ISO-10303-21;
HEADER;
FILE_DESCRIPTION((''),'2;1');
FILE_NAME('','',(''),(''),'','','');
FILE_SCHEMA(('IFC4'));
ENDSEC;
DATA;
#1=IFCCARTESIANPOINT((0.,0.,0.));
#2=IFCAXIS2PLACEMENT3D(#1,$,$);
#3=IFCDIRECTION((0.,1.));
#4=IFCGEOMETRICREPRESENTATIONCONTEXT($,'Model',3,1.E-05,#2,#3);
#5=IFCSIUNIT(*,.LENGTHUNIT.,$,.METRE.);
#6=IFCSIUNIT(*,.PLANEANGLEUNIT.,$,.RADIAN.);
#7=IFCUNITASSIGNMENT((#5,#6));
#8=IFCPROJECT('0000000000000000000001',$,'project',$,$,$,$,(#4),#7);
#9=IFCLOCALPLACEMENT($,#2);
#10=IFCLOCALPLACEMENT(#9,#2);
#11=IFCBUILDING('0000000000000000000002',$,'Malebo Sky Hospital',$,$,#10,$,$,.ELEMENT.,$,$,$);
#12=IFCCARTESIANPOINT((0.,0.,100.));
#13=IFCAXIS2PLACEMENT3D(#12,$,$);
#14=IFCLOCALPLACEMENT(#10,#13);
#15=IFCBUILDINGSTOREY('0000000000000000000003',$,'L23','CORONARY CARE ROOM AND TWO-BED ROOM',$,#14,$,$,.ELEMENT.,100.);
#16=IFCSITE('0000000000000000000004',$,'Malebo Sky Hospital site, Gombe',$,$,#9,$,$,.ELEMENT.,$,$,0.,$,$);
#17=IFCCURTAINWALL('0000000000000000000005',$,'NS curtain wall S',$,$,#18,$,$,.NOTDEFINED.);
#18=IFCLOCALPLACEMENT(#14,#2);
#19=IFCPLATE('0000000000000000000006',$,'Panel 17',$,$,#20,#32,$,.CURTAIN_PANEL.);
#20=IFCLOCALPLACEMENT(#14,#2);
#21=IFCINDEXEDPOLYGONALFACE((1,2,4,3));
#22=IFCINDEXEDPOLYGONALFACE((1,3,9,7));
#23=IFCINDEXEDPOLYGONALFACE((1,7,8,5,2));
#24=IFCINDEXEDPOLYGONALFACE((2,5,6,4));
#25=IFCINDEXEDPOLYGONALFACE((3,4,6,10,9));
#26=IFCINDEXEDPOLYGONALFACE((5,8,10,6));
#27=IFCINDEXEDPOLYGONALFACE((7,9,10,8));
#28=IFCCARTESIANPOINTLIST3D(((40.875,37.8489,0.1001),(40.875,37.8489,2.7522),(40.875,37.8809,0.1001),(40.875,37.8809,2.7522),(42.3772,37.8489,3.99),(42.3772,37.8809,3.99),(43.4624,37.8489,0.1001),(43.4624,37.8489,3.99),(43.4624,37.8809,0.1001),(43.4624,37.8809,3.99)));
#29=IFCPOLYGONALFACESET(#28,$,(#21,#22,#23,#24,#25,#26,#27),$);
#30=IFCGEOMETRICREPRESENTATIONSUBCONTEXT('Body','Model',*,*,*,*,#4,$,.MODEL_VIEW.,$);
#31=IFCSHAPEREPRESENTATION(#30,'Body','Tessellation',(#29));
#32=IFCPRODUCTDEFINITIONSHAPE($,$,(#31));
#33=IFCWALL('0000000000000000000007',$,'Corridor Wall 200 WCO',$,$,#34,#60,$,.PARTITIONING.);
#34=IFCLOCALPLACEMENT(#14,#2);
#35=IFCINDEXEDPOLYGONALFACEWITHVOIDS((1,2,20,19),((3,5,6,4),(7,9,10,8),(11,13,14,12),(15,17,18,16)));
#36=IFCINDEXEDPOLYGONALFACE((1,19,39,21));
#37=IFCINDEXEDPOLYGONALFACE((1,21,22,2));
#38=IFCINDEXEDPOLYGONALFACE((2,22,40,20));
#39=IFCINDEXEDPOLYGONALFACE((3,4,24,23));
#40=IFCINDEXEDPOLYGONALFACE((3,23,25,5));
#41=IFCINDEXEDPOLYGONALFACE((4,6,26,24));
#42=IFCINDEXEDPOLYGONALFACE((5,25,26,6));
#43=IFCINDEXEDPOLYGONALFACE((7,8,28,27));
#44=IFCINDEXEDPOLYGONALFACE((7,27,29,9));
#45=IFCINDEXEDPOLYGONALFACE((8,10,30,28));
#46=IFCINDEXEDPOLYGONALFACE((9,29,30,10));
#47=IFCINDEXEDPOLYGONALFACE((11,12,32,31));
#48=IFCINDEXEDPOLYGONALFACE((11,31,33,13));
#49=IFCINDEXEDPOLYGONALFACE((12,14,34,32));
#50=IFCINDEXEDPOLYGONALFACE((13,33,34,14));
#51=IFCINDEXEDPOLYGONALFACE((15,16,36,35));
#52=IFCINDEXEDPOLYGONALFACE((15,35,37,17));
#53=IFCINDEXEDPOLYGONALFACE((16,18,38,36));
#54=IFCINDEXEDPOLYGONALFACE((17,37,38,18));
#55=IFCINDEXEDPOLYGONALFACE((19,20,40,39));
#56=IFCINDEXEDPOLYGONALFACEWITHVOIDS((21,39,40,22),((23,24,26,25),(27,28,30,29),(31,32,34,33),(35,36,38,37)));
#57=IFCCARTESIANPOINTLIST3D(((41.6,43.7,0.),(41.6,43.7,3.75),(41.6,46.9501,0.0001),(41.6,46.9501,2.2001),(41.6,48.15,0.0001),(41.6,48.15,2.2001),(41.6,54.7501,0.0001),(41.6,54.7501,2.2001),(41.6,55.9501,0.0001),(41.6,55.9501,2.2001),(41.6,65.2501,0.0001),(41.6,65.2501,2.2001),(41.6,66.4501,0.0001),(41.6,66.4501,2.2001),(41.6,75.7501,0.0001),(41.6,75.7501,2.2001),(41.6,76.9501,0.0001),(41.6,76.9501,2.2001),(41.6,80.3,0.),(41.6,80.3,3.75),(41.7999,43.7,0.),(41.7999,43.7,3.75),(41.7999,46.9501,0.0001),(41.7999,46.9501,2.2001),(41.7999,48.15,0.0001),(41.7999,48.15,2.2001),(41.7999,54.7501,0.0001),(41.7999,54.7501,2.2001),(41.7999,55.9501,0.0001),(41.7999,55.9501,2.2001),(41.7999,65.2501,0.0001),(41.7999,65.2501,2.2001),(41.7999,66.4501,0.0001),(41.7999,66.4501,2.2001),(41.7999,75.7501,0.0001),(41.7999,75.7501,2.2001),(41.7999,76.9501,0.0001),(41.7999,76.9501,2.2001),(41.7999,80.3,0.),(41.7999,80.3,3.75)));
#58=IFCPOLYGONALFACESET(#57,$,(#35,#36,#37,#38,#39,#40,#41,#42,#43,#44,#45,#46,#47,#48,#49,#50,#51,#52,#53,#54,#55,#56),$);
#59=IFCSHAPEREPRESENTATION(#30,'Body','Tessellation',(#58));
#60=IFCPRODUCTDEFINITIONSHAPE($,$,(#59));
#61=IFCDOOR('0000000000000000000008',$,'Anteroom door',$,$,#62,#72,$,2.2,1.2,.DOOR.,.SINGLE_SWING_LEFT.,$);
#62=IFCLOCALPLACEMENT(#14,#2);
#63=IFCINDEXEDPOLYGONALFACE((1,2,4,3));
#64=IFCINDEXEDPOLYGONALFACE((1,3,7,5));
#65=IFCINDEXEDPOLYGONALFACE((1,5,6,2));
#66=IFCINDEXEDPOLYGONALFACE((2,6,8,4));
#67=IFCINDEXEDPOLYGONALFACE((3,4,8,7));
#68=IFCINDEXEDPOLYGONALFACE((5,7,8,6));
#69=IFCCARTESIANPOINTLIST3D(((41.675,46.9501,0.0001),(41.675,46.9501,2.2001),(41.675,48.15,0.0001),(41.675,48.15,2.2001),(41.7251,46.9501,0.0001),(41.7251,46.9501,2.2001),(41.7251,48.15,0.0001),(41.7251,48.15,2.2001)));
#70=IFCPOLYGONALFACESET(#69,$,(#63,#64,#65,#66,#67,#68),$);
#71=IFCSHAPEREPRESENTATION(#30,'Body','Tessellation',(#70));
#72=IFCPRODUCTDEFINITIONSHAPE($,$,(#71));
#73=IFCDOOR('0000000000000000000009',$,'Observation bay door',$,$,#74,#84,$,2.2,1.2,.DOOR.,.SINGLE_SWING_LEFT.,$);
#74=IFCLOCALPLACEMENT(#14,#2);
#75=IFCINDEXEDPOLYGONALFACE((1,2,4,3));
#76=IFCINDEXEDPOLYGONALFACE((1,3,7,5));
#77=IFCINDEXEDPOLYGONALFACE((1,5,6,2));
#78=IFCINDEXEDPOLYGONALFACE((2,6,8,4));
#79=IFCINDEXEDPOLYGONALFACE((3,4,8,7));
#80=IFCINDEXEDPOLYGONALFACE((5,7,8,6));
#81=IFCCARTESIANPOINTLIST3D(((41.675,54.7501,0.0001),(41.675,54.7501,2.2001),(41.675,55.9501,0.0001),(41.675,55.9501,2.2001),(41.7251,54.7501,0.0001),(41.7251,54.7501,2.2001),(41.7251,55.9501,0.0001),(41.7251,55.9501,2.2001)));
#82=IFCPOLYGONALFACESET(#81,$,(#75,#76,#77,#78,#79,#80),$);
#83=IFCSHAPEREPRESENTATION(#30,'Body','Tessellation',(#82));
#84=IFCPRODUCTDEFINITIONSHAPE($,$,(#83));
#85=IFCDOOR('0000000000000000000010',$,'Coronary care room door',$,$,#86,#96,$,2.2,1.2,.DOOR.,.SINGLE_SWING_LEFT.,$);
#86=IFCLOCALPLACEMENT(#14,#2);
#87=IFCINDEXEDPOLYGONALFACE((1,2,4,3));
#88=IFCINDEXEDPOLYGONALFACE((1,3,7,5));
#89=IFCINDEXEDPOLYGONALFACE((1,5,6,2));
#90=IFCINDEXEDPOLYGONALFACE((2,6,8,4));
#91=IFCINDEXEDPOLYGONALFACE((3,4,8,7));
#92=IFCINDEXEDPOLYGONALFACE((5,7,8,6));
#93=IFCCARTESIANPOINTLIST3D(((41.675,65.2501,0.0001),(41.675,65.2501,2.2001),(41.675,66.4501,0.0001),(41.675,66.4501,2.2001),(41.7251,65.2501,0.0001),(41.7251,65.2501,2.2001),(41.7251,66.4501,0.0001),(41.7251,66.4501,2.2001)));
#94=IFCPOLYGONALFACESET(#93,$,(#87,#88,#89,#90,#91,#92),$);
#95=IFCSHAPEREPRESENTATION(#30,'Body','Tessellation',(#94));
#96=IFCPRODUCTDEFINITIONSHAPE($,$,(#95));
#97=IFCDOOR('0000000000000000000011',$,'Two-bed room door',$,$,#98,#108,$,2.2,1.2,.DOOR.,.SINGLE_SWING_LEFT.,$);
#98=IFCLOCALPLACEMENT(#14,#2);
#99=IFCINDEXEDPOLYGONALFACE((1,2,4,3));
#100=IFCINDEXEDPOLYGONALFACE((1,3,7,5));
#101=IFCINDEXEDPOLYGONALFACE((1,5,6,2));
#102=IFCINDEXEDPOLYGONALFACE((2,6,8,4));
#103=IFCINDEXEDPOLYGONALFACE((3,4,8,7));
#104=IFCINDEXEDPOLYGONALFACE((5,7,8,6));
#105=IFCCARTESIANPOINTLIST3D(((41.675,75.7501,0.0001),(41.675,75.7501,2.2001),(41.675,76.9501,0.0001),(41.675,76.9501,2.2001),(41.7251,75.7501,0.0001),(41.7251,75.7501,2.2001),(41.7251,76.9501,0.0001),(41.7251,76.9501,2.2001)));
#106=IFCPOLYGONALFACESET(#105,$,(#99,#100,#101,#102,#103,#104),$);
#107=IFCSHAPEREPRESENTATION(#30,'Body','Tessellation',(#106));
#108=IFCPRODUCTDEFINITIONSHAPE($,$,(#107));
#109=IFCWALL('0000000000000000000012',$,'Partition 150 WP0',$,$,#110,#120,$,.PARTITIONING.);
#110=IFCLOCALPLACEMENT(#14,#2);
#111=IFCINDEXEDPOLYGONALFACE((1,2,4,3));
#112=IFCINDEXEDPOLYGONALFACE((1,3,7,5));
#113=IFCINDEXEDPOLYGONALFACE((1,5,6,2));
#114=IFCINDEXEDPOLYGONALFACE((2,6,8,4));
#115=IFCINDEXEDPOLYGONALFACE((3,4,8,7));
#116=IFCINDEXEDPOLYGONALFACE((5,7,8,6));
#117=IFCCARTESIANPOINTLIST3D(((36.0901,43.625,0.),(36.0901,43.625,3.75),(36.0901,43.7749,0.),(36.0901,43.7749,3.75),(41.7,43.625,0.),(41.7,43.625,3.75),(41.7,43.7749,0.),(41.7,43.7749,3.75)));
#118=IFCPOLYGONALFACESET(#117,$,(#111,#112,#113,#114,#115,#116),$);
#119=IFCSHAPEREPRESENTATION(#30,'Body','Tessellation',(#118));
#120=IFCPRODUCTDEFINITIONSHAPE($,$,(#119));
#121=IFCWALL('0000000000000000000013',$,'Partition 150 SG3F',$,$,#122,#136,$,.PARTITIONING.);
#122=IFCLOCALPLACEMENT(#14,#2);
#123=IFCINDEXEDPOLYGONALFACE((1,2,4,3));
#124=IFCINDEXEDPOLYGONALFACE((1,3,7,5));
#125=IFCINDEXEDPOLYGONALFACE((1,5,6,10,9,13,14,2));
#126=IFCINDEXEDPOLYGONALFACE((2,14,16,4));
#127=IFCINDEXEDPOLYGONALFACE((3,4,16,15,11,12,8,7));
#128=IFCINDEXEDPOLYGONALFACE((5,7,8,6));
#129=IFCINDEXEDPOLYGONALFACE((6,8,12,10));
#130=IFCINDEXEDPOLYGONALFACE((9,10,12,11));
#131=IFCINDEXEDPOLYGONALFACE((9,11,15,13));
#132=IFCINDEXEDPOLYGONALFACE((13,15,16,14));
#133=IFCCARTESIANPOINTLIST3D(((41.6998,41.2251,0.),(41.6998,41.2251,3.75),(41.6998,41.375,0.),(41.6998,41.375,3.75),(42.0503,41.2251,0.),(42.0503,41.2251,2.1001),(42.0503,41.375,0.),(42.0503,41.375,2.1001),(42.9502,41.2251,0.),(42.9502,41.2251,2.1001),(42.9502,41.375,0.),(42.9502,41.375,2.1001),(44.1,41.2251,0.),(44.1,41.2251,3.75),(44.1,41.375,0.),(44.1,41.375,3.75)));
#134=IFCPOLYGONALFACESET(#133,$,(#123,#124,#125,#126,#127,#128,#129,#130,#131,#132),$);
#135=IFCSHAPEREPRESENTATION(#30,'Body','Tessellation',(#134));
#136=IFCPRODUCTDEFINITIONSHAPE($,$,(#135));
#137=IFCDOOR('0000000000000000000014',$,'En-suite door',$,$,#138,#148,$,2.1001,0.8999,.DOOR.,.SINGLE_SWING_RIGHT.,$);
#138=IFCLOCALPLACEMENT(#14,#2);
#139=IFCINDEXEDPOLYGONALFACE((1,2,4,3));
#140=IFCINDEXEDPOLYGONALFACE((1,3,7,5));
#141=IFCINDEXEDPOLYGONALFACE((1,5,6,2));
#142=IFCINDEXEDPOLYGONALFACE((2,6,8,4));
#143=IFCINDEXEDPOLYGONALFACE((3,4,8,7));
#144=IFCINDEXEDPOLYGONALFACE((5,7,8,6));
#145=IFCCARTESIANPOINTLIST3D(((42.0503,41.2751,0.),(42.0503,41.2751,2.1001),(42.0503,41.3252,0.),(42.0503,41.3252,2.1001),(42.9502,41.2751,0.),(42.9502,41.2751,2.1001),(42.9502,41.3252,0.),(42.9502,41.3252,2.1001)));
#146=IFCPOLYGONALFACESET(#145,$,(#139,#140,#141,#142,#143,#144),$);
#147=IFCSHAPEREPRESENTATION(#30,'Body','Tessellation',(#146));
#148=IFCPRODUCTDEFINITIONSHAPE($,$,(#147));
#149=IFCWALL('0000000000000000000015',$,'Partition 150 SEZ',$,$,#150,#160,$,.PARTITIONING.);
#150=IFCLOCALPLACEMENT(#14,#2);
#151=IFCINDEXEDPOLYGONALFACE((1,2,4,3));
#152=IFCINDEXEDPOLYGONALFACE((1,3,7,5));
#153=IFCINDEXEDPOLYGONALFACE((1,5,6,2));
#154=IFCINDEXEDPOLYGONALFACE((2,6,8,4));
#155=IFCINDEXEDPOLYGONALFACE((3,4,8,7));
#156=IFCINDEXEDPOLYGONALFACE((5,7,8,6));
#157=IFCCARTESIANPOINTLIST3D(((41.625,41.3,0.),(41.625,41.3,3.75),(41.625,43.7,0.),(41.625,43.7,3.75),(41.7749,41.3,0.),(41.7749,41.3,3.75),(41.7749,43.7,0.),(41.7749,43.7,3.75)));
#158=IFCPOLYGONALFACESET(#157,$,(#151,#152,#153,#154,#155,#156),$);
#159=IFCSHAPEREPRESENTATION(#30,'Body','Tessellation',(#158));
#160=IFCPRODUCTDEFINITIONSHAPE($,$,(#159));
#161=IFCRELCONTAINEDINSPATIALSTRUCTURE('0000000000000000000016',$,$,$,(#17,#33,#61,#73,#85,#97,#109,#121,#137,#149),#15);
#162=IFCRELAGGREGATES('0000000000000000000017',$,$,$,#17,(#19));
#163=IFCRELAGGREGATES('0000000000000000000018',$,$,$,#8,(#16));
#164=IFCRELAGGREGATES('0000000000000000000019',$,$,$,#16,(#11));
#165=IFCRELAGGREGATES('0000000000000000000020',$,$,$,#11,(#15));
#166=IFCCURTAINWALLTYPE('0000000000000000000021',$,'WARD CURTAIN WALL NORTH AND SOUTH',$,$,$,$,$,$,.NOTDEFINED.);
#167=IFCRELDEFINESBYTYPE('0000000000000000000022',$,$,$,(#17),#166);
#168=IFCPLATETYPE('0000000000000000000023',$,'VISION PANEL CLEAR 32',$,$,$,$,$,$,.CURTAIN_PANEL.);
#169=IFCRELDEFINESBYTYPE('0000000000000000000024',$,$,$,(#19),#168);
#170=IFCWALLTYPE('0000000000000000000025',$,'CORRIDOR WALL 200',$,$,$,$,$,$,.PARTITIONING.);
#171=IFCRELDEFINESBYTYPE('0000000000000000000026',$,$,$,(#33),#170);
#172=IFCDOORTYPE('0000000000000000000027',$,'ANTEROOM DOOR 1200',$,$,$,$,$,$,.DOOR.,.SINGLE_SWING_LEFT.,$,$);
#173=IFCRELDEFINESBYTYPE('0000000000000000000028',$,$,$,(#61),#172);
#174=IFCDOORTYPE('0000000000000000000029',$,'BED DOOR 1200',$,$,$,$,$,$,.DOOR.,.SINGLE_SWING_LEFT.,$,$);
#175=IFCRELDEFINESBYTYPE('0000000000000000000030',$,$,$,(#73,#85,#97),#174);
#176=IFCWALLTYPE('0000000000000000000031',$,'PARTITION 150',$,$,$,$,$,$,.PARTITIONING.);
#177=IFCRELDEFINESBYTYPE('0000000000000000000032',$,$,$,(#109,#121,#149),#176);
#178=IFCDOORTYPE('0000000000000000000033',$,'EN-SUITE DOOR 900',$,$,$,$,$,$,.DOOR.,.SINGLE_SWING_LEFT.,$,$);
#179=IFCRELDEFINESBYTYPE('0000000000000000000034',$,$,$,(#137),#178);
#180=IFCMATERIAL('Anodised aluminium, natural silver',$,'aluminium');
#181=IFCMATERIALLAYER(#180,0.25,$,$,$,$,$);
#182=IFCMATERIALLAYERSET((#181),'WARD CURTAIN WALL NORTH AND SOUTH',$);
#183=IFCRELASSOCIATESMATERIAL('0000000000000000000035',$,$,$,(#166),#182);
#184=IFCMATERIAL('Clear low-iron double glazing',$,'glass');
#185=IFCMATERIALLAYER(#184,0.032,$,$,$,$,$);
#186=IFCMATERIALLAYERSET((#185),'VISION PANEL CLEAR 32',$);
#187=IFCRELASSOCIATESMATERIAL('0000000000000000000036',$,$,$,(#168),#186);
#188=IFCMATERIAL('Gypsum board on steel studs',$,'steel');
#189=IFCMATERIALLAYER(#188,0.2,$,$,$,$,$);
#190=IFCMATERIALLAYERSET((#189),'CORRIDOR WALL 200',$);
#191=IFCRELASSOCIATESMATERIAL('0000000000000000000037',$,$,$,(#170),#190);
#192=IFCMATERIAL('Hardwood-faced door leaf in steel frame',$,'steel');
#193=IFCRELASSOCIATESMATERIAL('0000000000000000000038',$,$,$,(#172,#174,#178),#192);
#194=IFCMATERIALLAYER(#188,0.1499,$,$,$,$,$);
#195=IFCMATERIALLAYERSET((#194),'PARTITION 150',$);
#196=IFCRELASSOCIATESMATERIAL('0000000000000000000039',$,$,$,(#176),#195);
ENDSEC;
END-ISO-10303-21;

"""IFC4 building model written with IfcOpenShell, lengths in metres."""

from ifc_helpers import new_model, si_unit, direction, frame, frame_2d, origin, place, context, subcontext, project, spatial, polyline, rectangle, outline, extrude, material, layer, layer_set, type_object, element, fill, aggregate, save


model = new_model("IFC4")

# Units and contexts
model_context = context("Model", 3, precision=1e-05, world=origin(), true_north=direction((0.0, 1.0)))
body_context = subcontext(model_context, "Body", "Model", "MODEL_VIEW")
ifc_project = project(units=[si_unit("LENGTHUNIT", "METRE"), si_unit("PLANEANGLEUNIT", "RADIAN")], contexts=[model_context])

# Site, building, storey
site_placement = place(None, origin())
site = spatial("IfcSite", under=ifc_project, at=site_placement, Name="Malebo Sky Hospital site, Gombe", CompositionType="ELEMENT", RefElevation=0.0)
building_placement = place(site_placement, origin())
building = spatial("IfcBuilding", under=site, at=building_placement, Name="Malebo Sky Hospital", CompositionType="ELEMENT")
storey_placement = place(building_placement, frame((0.0, 0.0, 100.0)))
storey = spatial("IfcBuildingStorey", under=building, at=storey_placement, Name="L23", Description="CORONARY CARE ROOM AND TWO-BED ROOM", CompositionType="ELEMENT", Elevation=100.0)

# Curtain wall
ifc_material_1 = material(Name="Anodised aluminium, natural silver", Category="aluminium")
ifc_layer_1 = layer(ifc_material_1, 0.25)
ifc_layer_set_1 = layer_set([ifc_layer_1], Name="WARD CURTAIN WALL NORTH AND SOUTH")
curtain_wall_type = type_object("IfcCurtainWallType", Name="WARD CURTAIN WALL NORTH AND SOUTH", PredefinedType="NOTDEFINED", material=ifc_layer_set_1)
curtain_wall_placement = place(storey_placement, origin())
curtain_wall = element("IfcCurtainWall", 1, at=curtain_wall_placement, inside=storey, type_object=curtain_wall_type, Name="NS curtain wall S", PredefinedType="NOTDEFINED")

# Plate
ifc_material_2 = material(Name="Clear low-iron double glazing", Category="glass")
ifc_layer_2 = layer(ifc_material_2, 0.032)
ifc_layer_set_2 = layer_set([ifc_layer_2], Name="VISION PANEL CLEAR 32")
plate_type = type_object("IfcPlateType", Name="VISION PANEL CLEAR 32", PredefinedType="CURTAIN_PANEL", material=ifc_layer_set_2)
plate_1_placement = place(storey_placement, frame((42.1687, 37.865, 0.1001), z_axis=(0.0, 0.0, 1.0), x_axis=(-1.0, 0.0, 0.0)))
plate_1 = element("IfcPlate", 2, at=plate_1_placement, type_object=plate_type, Name="Panel 17", PredefinedType="CURTAIN_PANEL", context=body_context, shape_type="SweptSolid", body=[
    extrude(outline(polyline([(-1.2937, 0.0), (1.2937, 0.0), (1.2937, 2.6521), (-0.2085, 3.8899), (-1.2937, 3.8899), (-1.2937, 0.0)])), frame((0.0, 0.0161, 0.0), z_axis=(0.0, -1.0, 0.0), x_axis=(1.0, 0.0, 0.0)), (0.0, 0.0, 1.0), 0.032),
])
aggregate(curtain_wall, [plate_1])

# Wall, openings, doors
ifc_material_3 = material(Name="Gypsum board on steel studs", Category="steel")
ifc_layer_3 = layer(ifc_material_3, 0.2)
ifc_layer_set_3 = layer_set([ifc_layer_3], Name="CORRIDOR WALL 200")
wall_type_1 = type_object("IfcWallType", Name="CORRIDOR WALL 200", PredefinedType="PARTITIONING", material=ifc_layer_set_3)
wall_1_placement = place(storey_placement, frame((41.7, 43.7, 0.0), z_axis=(0.0, 0.0, 1.0), x_axis=(0.0, 1.0, 0.0)))
wall_1 = element("IfcWall", 3, at=wall_1_placement, inside=storey, type_object=wall_type_1, Name="Corridor Wall 200 WCO", PredefinedType="PARTITIONING", context=body_context, shape_type="SweptSolid", body=[
    extrude(rectangle(XDim=36.6001, YDim=0.2, at=frame_2d((18.3, 0.0))), origin(), (0.0, 0.0, 1.0), 3.75),
])
opening_1_placement = place(wall_1_placement, frame((3.25, 0.0, 0.0)))
opening_1 = element("IfcOpeningElement", 4, at=opening_1_placement, cuts=wall_1, PredefinedType="OPENING", context=body_context, shape_type="SweptSolid", body=[
    extrude(rectangle(XDim=1.2, YDim=2.2, at=frame_2d((0.6001, 1.1001))), frame((0.0, 0.1099, 0.0), z_axis=(0.0, -1.0, 0.0), x_axis=(1.0, 0.0, 0.0)), (0.0, 0.0, 1.0), 0.22),
])
opening_2_placement = place(wall_1_placement, frame((11.05, 0.0, 0.0)))
opening_2 = element("IfcOpeningElement", 5, at=opening_2_placement, cuts=wall_1, PredefinedType="OPENING", context=body_context, shape_type="SweptSolid", body=[
    extrude(rectangle(XDim=1.2, YDim=2.2, at=frame_2d((0.6001, 1.1001))), frame((0.0, 0.1099, 0.0), z_axis=(0.0, -1.0, 0.0), x_axis=(1.0, 0.0, 0.0)), (0.0, 0.0, 1.0), 0.22),
])
opening_3_placement = place(wall_1_placement, frame((21.55, 0.0, 0.0)))
opening_3 = element("IfcOpeningElement", 6, at=opening_3_placement, cuts=wall_1, PredefinedType="OPENING", context=body_context, shape_type="SweptSolid", body=[
    extrude(rectangle(XDim=1.2, YDim=2.2, at=frame_2d((0.6001, 1.1001))), frame((0.0, 0.1099, 0.0), z_axis=(0.0, -1.0, 0.0), x_axis=(1.0, 0.0, 0.0)), (0.0, 0.0, 1.0), 0.22),
])
opening_4_placement = place(wall_1_placement, frame((32.05, 0.0, 0.0)))
opening_4 = element("IfcOpeningElement", 7, at=opening_4_placement, cuts=wall_1, PredefinedType="OPENING", context=body_context, shape_type="SweptSolid", body=[
    extrude(rectangle(XDim=1.2, YDim=2.2, at=frame_2d((0.6001, 1.1001))), frame((0.0, 0.1099, 0.0), z_axis=(0.0, -1.0, 0.0), x_axis=(1.0, 0.0, 0.0)), (0.0, 0.0, 1.0), 0.22),
])
ifc_material_4 = material(Name="Hardwood-faced door leaf in steel frame", Category="steel")
door_type_1 = type_object("IfcDoorType", Name="ANTEROOM DOOR 1200", OperationType="SINGLE_SWING_LEFT", PredefinedType="DOOR", material=ifc_material_4)
door_1_placement = place(opening_1_placement, origin())
door_1 = element("IfcDoor", 8, at=door_1_placement, inside=storey, type_object=door_type_1, Name="Anteroom door", OperationType="SINGLE_SWING_LEFT", OverallHeight=2.2, OverallWidth=1.2, PredefinedType="DOOR", context=body_context, shape_type="SweptSolid", body=[
    extrude(rectangle(XDim=1.2, YDim=2.2, at=frame_2d((0.6001, 1.1001))), frame((0.0, 0.0249, 0.0), z_axis=(0.0, -1.0, 0.0), x_axis=(1.0, 0.0, 0.0)), (0.0, 0.0, 1.0), 0.05),
])
fill(opening_1, door_1)
door_type_2 = type_object("IfcDoorType", Name="BED DOOR 1200", OperationType="SINGLE_SWING_LEFT", PredefinedType="DOOR", material=ifc_material_4)
door_2_placement = place(opening_2_placement, origin())
door_2 = element("IfcDoor", 9, at=door_2_placement, inside=storey, type_object=door_type_2, Name="Observation bay door", OperationType="SINGLE_SWING_LEFT", OverallHeight=2.2, OverallWidth=1.2, PredefinedType="DOOR", context=body_context, shape_type="SweptSolid", body=[
    extrude(rectangle(XDim=1.2, YDim=2.2, at=frame_2d((0.6001, 1.1001))), frame((0.0, 0.0249, 0.0), z_axis=(0.0, -1.0, 0.0), x_axis=(1.0, 0.0, 0.0)), (0.0, 0.0, 1.0), 0.05),
])
fill(opening_2, door_2)
door_3_placement = place(opening_3_placement, origin())
door_3 = element("IfcDoor", 10, at=door_3_placement, inside=storey, type_object=door_type_2, Name="Coronary care room door", OperationType="SINGLE_SWING_LEFT", OverallHeight=2.2, OverallWidth=1.2, PredefinedType="DOOR", context=body_context, shape_type="SweptSolid", body=[
    extrude(rectangle(XDim=1.2, YDim=2.2, at=frame_2d((0.6001, 1.1001))), frame((0.0, 0.0249, 0.0), z_axis=(0.0, -1.0, 0.0), x_axis=(1.0, 0.0, 0.0)), (0.0, 0.0, 1.0), 0.05),
])
fill(opening_3, door_3)
door_4_placement = place(opening_4_placement, origin())
door_4 = element("IfcDoor", 11, at=door_4_placement, inside=storey, type_object=door_type_2, Name="Two-bed room door", OperationType="SINGLE_SWING_LEFT", OverallHeight=2.2, OverallWidth=1.2, PredefinedType="DOOR", context=body_context, shape_type="SweptSolid", body=[
    extrude(rectangle(XDim=1.2, YDim=2.2, at=frame_2d((0.6001, 1.1001))), frame((0.0, 0.0249, 0.0), z_axis=(0.0, -1.0, 0.0), x_axis=(1.0, 0.0, 0.0)), (0.0, 0.0, 1.0), 0.05),
])
fill(opening_4, door_4)

# Wall
ifc_layer_4 = layer(ifc_material_3, 0.1499)
ifc_layer_set_4 = layer_set([ifc_layer_4], Name="PARTITION 150")
wall_type_2 = type_object("IfcWallType", Name="PARTITION 150", PredefinedType="PARTITIONING", material=ifc_layer_set_4)
wall_2_placement = place(storey_placement, frame((41.7, 43.7, 0.0), z_axis=(0.0, 0.0, 1.0), x_axis=(-1.0, 0.0, 0.0)))
element("IfcWall", 12, at=wall_2_placement, inside=storey, type_object=wall_type_2, Name="Partition 150 WP0", PredefinedType="PARTITIONING", context=body_context, shape_type="SweptSolid", body=[
    extrude(rectangle(XDim=5.6099, YDim=0.1499, at=frame_2d((2.8049, 0.0))), origin(), (0.0, 0.0, 1.0), 3.75),
])

# Wall, opening, door
wall_3_placement = place(storey_placement, frame((44.1001, 41.3, 0.0), z_axis=(0.0, 0.0, 1.0), x_axis=(-1.0, 0.0, 0.0)))
wall_3 = element("IfcWall", 13, at=wall_3_placement, inside=storey, type_object=wall_type_2, Name="Partition 150 SG3F", PredefinedType="PARTITIONING", context=body_context, shape_type="SweptSolid", body=[
    extrude(rectangle(XDim=2.4001, YDim=0.1499, at=frame_2d((1.2002, 0.0))), origin(), (0.0, 0.0, 1.0), 3.75),
])
opening_5_placement = place(wall_3_placement, frame((1.1499, 0.0, 0.0)))
opening_5 = element("IfcOpeningElement", 14, at=opening_5_placement, cuts=wall_3, PredefinedType="OPENING", context=body_context, shape_type="SweptSolid", body=[
    extrude(rectangle(XDim=0.8999, YDim=2.1001, at=frame_2d((0.45, 1.05))), frame((0.0, 0.085, 0.0), z_axis=(0.0, -1.0, 0.0), x_axis=(1.0, 0.0, 0.0)), (0.0, 0.0, 1.0), 0.1699),
])
door_type_3 = type_object("IfcDoorType", Name="EN-SUITE DOOR 900", OperationType="SINGLE_SWING_LEFT", PredefinedType="DOOR", material=ifc_material_4)
door_5_placement = place(opening_5_placement, origin())
door_5 = element("IfcDoor", 15, at=door_5_placement, inside=storey, type_object=door_type_3, Name="En-suite door", OperationType="SINGLE_SWING_RIGHT", OverallHeight=2.1001, OverallWidth=0.8999, PredefinedType="DOOR", context=body_context, shape_type="SweptSolid", body=[
    extrude(rectangle(XDim=0.8999, YDim=2.1001, at=frame_2d((0.45, 1.05))), frame((0.0, 0.0249, 0.0), z_axis=(0.0, -1.0, 0.0), x_axis=(1.0, 0.0, 0.0)), (0.0, 0.0, 1.0), 0.05),
])
fill(opening_5, door_5)

# Wall
wall_4_placement = place(storey_placement, frame((41.7, 43.7, 0.0), z_axis=(0.0, 0.0, 1.0), x_axis=(0.0, -1.0, 0.0)))
element("IfcWall", 16, at=wall_4_placement, inside=storey, type_object=wall_type_2, Name="Partition 150 SEZ", PredefinedType="PARTITIONING", context=body_context, shape_type="SweptSolid", body=[
    extrude(rectangle(XDim=2.3999, YDim=0.1499, at=frame_2d((1.2, 0.0))), origin(), (0.0, 0.0, 1.0), 3.75),
])

save(model, "model.ifc")
